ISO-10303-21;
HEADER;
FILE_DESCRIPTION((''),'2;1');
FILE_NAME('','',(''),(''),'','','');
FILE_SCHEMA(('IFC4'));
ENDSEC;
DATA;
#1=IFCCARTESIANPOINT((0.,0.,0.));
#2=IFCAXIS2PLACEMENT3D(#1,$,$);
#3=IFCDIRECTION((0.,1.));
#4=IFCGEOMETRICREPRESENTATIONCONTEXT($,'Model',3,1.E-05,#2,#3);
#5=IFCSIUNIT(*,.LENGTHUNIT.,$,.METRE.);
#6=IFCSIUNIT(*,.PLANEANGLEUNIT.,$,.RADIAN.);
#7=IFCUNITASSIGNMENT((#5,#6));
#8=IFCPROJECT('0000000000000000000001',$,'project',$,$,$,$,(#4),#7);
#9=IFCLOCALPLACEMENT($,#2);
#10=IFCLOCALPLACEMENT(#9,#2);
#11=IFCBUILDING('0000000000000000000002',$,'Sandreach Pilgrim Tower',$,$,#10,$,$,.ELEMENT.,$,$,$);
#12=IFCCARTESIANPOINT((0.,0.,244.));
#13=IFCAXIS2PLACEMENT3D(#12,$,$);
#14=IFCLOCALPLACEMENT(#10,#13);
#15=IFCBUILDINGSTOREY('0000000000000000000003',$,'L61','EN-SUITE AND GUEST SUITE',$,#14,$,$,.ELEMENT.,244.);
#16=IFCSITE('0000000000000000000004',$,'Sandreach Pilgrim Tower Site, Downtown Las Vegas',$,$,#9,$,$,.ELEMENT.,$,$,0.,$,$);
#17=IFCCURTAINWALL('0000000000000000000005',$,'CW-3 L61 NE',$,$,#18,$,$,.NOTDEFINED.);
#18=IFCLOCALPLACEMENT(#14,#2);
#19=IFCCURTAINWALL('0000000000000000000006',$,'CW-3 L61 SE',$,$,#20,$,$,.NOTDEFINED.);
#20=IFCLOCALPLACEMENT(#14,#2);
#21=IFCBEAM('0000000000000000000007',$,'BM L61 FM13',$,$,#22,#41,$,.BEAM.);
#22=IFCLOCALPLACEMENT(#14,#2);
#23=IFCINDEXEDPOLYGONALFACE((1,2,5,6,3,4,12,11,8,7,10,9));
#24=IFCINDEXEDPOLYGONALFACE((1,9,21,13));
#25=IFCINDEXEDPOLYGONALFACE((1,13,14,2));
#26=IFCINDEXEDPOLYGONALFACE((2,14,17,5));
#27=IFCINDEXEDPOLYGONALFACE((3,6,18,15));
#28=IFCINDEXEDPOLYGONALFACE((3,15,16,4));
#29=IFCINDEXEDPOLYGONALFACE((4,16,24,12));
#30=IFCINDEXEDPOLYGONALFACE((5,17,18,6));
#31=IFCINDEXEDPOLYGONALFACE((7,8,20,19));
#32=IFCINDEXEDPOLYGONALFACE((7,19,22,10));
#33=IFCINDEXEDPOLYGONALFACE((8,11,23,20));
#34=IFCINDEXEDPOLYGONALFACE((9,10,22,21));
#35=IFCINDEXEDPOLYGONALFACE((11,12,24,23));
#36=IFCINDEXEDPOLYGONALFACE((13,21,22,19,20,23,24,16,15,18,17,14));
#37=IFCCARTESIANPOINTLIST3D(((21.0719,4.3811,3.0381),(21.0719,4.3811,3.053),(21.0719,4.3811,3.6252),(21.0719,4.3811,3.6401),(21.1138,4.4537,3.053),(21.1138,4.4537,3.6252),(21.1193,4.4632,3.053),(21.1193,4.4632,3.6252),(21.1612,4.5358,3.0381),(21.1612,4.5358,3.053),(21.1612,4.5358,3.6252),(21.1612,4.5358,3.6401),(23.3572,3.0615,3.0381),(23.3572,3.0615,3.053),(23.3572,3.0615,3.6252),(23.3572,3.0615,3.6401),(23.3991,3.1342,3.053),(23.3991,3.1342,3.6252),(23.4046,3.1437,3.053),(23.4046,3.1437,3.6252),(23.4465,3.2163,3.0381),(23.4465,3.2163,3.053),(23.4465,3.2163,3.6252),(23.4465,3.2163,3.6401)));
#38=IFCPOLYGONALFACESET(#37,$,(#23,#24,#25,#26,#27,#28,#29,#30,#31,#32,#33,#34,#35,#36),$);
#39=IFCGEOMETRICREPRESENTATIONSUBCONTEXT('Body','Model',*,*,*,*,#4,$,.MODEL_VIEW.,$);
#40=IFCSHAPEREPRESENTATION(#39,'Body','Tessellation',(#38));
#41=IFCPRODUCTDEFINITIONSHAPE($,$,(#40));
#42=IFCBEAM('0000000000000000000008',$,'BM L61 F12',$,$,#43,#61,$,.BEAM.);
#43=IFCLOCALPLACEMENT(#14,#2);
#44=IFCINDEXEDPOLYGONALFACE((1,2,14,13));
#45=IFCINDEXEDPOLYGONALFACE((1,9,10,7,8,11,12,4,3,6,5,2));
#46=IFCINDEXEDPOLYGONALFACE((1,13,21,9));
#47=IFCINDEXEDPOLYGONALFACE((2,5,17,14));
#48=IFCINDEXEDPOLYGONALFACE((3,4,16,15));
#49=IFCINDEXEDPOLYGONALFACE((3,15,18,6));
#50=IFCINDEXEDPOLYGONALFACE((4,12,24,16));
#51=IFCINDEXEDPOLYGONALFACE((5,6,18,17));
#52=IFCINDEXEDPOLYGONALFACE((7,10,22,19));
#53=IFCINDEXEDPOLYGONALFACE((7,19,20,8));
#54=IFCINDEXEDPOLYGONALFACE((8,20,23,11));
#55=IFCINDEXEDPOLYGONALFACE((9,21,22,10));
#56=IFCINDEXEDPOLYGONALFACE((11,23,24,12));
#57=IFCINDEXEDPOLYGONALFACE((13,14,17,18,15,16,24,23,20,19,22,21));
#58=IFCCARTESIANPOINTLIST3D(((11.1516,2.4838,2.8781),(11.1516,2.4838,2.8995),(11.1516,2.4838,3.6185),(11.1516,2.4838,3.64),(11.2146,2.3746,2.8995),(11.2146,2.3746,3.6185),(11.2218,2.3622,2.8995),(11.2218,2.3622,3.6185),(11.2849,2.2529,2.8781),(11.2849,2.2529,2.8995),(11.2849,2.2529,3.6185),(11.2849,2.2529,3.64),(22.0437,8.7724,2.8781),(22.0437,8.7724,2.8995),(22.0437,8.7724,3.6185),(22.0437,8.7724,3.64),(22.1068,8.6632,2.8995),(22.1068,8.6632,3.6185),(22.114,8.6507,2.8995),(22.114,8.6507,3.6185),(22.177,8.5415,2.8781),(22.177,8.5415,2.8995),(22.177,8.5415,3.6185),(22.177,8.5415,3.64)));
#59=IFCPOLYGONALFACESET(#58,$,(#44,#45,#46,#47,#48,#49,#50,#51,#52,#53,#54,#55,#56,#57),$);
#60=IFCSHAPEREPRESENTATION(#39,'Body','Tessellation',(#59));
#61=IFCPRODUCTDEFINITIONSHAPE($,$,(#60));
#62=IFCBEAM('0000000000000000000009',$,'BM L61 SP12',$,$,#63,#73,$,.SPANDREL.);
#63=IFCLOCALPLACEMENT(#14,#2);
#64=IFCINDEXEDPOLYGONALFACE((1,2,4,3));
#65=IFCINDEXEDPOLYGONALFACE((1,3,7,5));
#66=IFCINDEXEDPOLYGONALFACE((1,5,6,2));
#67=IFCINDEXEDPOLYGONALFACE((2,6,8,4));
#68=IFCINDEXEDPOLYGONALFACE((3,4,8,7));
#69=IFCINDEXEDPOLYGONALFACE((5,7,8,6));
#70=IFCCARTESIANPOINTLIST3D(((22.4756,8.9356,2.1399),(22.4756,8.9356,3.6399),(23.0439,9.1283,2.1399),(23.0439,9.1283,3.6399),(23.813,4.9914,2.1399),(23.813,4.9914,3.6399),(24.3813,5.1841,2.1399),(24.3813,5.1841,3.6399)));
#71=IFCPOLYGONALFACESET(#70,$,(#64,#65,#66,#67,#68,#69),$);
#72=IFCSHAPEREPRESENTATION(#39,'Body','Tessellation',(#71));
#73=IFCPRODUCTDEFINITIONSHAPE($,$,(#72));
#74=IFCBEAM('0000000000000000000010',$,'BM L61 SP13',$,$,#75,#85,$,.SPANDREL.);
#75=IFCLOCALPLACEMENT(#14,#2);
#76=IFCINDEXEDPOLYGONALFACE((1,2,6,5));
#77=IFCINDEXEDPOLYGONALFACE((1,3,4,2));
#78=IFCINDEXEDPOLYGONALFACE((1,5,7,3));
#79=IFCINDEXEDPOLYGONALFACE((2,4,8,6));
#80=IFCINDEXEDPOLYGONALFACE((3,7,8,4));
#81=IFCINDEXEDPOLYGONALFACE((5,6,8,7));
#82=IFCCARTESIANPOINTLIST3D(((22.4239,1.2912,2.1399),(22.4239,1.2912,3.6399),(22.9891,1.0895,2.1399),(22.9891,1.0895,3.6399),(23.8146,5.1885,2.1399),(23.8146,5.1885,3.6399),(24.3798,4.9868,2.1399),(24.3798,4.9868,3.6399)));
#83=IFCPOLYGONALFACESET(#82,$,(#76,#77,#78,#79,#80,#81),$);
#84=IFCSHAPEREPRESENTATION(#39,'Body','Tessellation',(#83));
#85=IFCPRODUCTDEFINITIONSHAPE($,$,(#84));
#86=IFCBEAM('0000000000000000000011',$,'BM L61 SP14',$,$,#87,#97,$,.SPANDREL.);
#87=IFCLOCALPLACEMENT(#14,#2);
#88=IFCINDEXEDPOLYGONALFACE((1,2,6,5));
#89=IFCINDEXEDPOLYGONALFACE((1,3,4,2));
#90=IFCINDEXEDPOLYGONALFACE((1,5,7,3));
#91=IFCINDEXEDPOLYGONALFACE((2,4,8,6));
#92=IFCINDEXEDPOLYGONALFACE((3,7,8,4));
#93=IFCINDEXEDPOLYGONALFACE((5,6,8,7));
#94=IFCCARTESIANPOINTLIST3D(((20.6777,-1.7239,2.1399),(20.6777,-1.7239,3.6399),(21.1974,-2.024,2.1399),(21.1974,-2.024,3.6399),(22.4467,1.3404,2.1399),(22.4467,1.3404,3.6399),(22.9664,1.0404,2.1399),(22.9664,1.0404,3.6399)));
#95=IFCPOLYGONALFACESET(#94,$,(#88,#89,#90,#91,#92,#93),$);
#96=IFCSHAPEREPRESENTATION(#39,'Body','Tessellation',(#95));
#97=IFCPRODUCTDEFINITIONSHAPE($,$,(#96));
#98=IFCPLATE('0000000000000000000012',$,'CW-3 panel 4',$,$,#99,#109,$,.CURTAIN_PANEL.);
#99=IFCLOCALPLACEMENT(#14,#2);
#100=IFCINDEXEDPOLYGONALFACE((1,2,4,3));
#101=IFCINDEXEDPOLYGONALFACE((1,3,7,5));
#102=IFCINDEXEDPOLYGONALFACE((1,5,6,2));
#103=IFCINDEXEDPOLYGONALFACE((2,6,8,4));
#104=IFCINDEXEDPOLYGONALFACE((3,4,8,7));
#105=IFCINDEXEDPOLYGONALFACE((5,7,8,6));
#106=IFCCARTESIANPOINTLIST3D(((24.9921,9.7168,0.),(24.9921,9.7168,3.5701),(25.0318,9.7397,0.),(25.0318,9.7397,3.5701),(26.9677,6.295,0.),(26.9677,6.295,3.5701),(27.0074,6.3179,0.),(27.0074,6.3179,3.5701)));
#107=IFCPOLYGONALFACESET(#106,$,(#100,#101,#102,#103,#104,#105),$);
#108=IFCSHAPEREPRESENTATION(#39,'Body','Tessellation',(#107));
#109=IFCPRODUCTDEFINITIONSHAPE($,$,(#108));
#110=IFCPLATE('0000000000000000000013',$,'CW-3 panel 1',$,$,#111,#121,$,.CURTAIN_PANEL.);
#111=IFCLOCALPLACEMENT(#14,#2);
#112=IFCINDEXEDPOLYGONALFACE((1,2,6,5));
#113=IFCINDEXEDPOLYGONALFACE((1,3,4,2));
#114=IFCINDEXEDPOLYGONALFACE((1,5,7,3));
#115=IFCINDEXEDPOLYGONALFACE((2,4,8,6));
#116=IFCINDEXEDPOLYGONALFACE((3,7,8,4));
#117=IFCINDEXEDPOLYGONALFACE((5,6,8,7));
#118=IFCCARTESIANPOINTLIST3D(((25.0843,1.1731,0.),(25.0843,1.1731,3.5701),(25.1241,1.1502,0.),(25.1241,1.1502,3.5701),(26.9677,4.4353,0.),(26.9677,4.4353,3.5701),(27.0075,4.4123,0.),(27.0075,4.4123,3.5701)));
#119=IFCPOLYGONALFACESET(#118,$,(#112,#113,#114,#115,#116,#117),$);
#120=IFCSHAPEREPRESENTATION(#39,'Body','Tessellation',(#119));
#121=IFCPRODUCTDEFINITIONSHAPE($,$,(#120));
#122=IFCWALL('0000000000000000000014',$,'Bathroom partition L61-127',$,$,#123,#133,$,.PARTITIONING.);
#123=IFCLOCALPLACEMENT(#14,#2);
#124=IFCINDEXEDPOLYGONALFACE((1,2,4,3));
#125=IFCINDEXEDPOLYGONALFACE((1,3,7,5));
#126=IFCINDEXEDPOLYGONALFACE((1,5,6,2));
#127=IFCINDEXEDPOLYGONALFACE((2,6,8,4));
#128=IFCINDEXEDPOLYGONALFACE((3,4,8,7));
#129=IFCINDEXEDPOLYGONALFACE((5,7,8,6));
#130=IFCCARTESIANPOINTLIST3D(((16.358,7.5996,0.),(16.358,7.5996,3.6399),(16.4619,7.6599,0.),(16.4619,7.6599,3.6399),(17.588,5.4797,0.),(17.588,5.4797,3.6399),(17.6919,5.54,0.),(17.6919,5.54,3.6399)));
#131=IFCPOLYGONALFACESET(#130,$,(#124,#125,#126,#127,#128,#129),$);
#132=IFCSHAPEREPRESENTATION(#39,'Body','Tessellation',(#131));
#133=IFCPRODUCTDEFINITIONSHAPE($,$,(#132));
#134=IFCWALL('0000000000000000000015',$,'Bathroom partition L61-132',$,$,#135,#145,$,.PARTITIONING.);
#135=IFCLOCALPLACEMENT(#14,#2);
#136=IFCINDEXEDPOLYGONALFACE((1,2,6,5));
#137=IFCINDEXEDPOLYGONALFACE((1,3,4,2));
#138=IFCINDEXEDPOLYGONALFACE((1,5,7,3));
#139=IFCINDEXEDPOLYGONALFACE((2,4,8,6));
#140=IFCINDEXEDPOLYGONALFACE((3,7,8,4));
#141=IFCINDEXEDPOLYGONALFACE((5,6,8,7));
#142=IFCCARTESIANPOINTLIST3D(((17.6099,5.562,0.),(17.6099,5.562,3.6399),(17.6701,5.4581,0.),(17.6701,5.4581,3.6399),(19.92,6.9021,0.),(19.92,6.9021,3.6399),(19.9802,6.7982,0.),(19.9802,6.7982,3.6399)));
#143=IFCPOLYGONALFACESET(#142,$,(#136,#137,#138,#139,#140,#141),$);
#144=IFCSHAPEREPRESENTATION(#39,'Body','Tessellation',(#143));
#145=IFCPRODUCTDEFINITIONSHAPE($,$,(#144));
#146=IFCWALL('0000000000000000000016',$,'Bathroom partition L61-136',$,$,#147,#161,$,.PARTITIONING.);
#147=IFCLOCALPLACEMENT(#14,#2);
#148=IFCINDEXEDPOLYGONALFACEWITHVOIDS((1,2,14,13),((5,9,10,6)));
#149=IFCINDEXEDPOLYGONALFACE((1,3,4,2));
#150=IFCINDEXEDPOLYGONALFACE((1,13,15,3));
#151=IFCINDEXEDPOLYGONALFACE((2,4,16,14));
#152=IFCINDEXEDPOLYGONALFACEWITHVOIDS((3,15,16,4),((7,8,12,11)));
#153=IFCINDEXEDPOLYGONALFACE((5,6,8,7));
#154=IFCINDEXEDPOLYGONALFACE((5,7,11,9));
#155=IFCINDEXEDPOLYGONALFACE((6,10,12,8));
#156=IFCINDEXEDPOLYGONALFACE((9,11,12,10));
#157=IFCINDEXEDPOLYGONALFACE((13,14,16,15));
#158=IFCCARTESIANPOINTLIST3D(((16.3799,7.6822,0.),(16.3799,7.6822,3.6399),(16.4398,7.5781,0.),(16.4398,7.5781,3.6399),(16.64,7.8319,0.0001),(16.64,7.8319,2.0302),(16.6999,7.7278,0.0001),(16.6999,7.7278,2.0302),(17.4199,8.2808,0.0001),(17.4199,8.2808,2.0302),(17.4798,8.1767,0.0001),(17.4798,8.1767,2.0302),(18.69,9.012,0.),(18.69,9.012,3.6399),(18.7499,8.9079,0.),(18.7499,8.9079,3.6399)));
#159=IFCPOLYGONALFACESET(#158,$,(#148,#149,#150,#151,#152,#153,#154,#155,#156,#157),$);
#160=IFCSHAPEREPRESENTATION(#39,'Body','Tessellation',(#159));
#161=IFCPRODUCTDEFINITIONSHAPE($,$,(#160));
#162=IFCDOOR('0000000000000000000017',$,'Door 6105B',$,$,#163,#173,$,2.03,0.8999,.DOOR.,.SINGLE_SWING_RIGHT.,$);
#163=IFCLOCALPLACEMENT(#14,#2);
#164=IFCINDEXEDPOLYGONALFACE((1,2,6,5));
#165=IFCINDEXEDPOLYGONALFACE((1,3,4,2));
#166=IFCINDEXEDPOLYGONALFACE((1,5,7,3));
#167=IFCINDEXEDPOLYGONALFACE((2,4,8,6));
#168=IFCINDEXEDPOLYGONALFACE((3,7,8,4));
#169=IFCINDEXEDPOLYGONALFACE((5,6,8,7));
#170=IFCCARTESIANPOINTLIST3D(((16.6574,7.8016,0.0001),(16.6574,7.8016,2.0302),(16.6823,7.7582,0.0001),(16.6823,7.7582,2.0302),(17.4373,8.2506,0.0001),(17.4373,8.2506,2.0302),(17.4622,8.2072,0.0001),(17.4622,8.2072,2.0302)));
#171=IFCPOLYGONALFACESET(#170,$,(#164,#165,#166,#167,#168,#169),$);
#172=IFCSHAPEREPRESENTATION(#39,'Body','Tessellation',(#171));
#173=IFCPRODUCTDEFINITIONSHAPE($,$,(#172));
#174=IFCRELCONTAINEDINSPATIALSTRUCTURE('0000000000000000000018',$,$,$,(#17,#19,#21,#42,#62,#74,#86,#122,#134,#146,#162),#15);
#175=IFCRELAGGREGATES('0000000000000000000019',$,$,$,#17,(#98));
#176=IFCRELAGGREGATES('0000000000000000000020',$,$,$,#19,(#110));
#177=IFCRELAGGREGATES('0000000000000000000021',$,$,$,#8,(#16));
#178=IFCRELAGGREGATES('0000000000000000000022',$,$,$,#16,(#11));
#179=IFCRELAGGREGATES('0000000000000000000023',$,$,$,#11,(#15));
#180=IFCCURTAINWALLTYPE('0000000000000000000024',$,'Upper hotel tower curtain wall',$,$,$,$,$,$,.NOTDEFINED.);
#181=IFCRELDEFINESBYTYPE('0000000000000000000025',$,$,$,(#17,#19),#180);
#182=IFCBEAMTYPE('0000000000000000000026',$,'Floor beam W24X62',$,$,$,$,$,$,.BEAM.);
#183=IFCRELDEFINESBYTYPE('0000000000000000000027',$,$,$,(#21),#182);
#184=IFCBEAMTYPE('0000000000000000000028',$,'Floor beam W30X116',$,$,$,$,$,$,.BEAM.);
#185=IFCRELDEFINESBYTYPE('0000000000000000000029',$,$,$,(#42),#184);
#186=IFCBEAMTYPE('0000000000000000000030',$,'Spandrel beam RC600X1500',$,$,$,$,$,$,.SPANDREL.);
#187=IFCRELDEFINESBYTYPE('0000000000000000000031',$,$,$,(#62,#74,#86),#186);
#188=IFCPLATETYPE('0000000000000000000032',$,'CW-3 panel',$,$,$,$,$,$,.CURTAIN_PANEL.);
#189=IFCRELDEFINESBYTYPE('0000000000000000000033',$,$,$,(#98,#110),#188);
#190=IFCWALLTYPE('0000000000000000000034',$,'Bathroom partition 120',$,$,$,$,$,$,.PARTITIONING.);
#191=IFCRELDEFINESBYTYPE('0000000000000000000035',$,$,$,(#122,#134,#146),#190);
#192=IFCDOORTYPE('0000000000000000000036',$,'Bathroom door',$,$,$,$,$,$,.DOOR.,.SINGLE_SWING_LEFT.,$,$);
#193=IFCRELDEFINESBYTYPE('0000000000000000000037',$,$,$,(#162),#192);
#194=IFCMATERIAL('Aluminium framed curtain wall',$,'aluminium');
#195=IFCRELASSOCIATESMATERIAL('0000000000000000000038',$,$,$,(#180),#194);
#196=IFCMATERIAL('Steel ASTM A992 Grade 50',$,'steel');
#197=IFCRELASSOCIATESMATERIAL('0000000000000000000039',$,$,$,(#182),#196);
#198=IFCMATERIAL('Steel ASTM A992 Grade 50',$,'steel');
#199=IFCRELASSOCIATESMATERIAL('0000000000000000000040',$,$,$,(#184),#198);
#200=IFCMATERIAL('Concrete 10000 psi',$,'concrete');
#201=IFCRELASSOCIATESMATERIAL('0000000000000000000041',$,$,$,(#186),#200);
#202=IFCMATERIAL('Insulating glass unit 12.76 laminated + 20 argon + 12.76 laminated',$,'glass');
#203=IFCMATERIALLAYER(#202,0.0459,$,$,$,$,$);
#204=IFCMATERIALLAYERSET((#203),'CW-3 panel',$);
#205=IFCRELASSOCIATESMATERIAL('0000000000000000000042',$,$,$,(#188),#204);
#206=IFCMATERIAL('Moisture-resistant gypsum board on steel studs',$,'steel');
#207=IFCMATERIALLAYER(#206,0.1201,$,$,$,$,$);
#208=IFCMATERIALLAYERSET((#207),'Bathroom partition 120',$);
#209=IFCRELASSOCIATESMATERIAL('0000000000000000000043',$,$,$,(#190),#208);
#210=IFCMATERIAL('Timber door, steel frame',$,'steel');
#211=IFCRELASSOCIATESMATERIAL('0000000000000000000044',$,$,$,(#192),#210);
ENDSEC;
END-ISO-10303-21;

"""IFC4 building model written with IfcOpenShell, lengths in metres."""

from ifc_helpers import new_model, si_unit, direction, frame, frame_2d, origin, origin_2d, place, context, subcontext, project, spatial, rectangle, i_section, extrude, material, layer, layer_set, material_profile, profile_set, type_object, element, fill, aggregate, save


model = new_model("IFC4")

# Units and contexts
model_context = context("Model", 3, precision=1e-05, world=origin(), true_north=direction((0.0, 1.0)))
body_context = subcontext(model_context, "Body", "Model", "MODEL_VIEW")
ifc_project = project(units=[si_unit("LENGTHUNIT", "METRE"), si_unit("PLANEANGLEUNIT", "RADIAN")], contexts=[model_context])

# Site, building, storey
site_placement = place(None, origin())
site = spatial("IfcSite", under=ifc_project, at=site_placement, Name="Sandreach Pilgrim Tower Site, Downtown Las Vegas", CompositionType="ELEMENT", RefElevation=0.0)
building_placement = place(site_placement, origin())
building = spatial("IfcBuilding", under=site, at=building_placement, Name="Sandreach Pilgrim Tower", CompositionType="ELEMENT")
storey_placement = place(building_placement, frame((0.0, 0.0, 244.0)))
storey = spatial("IfcBuildingStorey", under=building, at=storey_placement, Name="L61", Description="EN-SUITE AND GUEST SUITE", CompositionType="ELEMENT", Elevation=244.0)

# Curtain wall
ifc_material_1 = material(Name="Aluminium framed curtain wall", Category="aluminium")
curtain_wall_type = type_object("IfcCurtainWallType", Name="Upper hotel tower curtain wall", PredefinedType="NOTDEFINED", material=ifc_material_1)
curtain_wall_1_placement = place(storey_placement, origin())
curtain_wall_1 = element("IfcCurtainWall", 1, at=curtain_wall_1_placement, inside=storey, type_object=curtain_wall_type, Name="CW-3 L61 NE", PredefinedType="NOTDEFINED")

# Curtain wall
curtain_wall_2_placement = place(storey_placement, origin())
curtain_wall_2 = element("IfcCurtainWall", 2, at=curtain_wall_2_placement, inside=storey, type_object=curtain_wall_type, Name="CW-3 L61 SE", PredefinedType="NOTDEFINED")

# Beams
ifc_material_2 = material(Name="Steel ASTM A992 Grade 50", Category="steel")
ifc_material_profile_1 = material_profile(ifc_material_2, i_section(OverallWidth=0.1787, OverallDepth=0.6021, WebThickness=0.011, FlangeThickness=0.0149, at=origin_2d()), Name="W24X62")
ifc_profile_set_1 = profile_set([ifc_material_profile_1], Name="Steel ASTM A992 Grade 50")
beam_type_1 = type_object("IfcBeamType", Name="Floor beam W24X62", PredefinedType="BEAM", material=ifc_profile_set_1)
beam_1_placement = place(storey_placement, frame((23.4019, 3.1389, 3.3391), z_axis=(-0.866008, 0.500029, 0.0), x_axis=(-0.500029, -0.866008, 0.0)))
element("IfcBeam", 3, at=beam_1_placement, inside=storey, type_object=beam_type_1, Name="BM L61 FM13", PredefinedType="BEAM", context=body_context, shape_type="SweptSolid", body=[
    extrude(i_section(OverallWidth=0.1787, OverallDepth=0.6021, WebThickness=0.011, FlangeThickness=0.0149, at=origin_2d()), origin(), (0.0, 0.0, 1.0), 2.6389),
])
ifc_material_3 = material(Name="Steel ASTM A992 Grade 50", Category="steel")
ifc_material_profile_2 = material_profile(ifc_material_3, i_section(OverallWidth=0.2666, OverallDepth=0.762, WebThickness=0.0144, FlangeThickness=0.0215, at=origin_2d()), Name="W30X116")
ifc_profile_set_2 = profile_set([ifc_material_profile_2], Name="Steel ASTM A992 Grade 50")
beam_type_2 = type_object("IfcBeamType", Name="Floor beam W30X116", PredefinedType="BEAM", material=ifc_profile_set_2)
beam_2_placement = place(storey_placement, frame((22.1104, 8.657, 3.259), z_axis=(-0.866025, -0.500001, 0.0), x_axis=(0.500001, -0.866025, 0.0)))
element("IfcBeam", 4, at=beam_2_placement, inside=storey, type_object=beam_type_2, Name="BM L61 F12", PredefinedType="BEAM", context=body_context, shape_type="SweptSolid", body=[
    extrude(i_section(OverallWidth=0.2666, OverallDepth=0.762, WebThickness=0.0144, FlangeThickness=0.0215, at=origin_2d()), origin(), (0.0, 0.0, 1.0), 12.5771),
])
ifc_material_4 = material(Name="Concrete 10000 psi", Category="concrete")
ifc_material_profile_3 = material_profile(ifc_material_4, rectangle(XDim=0.6001, YDim=1.5, at=origin_2d()), Name="RC600X1500")
ifc_profile_set_3 = profile_set([ifc_material_profile_3], Name="Concrete 10000 psi")
beam_type_3 = type_object("IfcBeamType", Name="Spandrel beam RC600X1500", PredefinedType="SPANDREL", material=ifc_profile_set_3)
beam_3_placement = place(storey_placement, frame((22.7598, 9.032, 2.8899), z_axis=(0.321112, -0.947041, 0.0), x_axis=(0.947041, 0.321112, 0.0)))
element("IfcBeam", 5, at=beam_3_placement, inside=storey, type_object=beam_type_3, Name="BM L61 SP12", PredefinedType="SPANDREL", context=body_context, shape_type="SweptSolid", body=[
    extrude(rectangle(XDim=0.6001, YDim=1.5, at=origin_2d()), origin(), (0.0, 0.0, 1.0), 4.1648),
])
beam_4_placement = place(storey_placement, frame((24.0972, 5.0876, 2.8899), z_axis=(-0.336071, -0.941837, 0.0), x_axis=(0.941837, -0.336071, 0.0)))
element("IfcBeam", 6, at=beam_4_placement, inside=storey, type_object=beam_type_3, Name="BM L61 SP13", PredefinedType="SPANDREL", context=body_context, shape_type="SweptSolid", body=[
    extrude(rectangle(XDim=0.6001, YDim=1.5, at=origin_2d()), origin(), (0.0, 0.0, 1.0), 4.1379),
])
beam_5_placement = place(storey_placement, frame((22.7065, 1.1904, 2.8899), z_axis=(-0.499953, -0.866052, 0.0), x_axis=(0.866052, -0.499953, 0.0)))
element("IfcBeam", 7, at=beam_5_placement, inside=storey, type_object=beam_type_3, Name="BM L61 SP14", PredefinedType="SPANDREL", context=body_context, shape_type="SweptSolid", body=[
    extrude(rectangle(XDim=0.6001, YDim=1.5, at=origin_2d()), origin(), (0.0, 0.0, 1.0), 3.5383),
])

# Plates
ifc_material_5 = material(Name="Insulating glass unit 12.76 laminated + 20 argon + 12.76 laminated", Category="glass")
ifc_layer_1 = layer(ifc_material_5, 0.0459)
ifc_layer_set_1 = layer_set([ifc_layer_1], Name="CW-3 panel")
plate_type = type_object("IfcPlateType", Name="CW-3 panel", PredefinedType="CURTAIN_PANEL", material=ifc_layer_set_1)
plate_1_placement = place(storey_placement, frame((25.9998, 8.0173, 0.0), z_axis=(0.0, 0.0, 1.0), x_axis=(0.5, -0.866025, 0.0)))
plate_1 = element("IfcPlate", 8, at=plate_1_placement, type_object=plate_type, Name="CW-3 panel 4", PredefinedType="CURTAIN_PANEL", context=body_context, shape_type="SweptSolid", body=[
    extrude(rectangle(XDim=3.9512, YDim=0.0459, at=origin_2d()), origin(), (0.0, 0.0, 1.0), 3.5701),
])
aggregate(curtain_wall_1, [plate_1])
plate_2_placement = place(storey_placement, frame((26.0459, 2.7927, 0.0), z_axis=(0.0, 0.0, 1.0), x_axis=(-0.5, -0.866025, 0.0)))
plate_2 = element("IfcPlate", 9, at=plate_2_placement, type_object=plate_type, Name="CW-3 panel 1", PredefinedType="CURTAIN_PANEL", context=body_context, shape_type="SweptSolid", body=[
    extrude(rectangle(XDim=3.7668, YDim=0.0459, at=origin_2d()), origin(), (0.0, 0.0, 1.0), 3.5701),
])
aggregate(curtain_wall_2, [plate_2])

# Walls
ifc_material_6 = material(Name="Moisture-resistant gypsum board on steel studs", Category="steel")
ifc_layer_2 = layer(ifc_material_6, 0.1201)
ifc_layer_set_2 = layer_set([ifc_layer_2], Name="Bathroom partition 120")
wall_type_1 = type_object("IfcWallType", Name="Bathroom partition 120", PredefinedType="PARTITIONING", material=ifc_layer_set_2)
wall_1_placement = place(storey_placement, frame((16.4099, 7.6299, 0.0), z_axis=(0.0, 0.0, 1.0), x_axis=(0.501857, -0.864951, 0.0)))
element("IfcWall", 10, at=wall_1_placement, inside=storey, type_object=wall_type_1, Name="Bathroom partition L61-127", PredefinedType="PARTITIONING", context=body_context, shape_type="SweptSolid", body=[
    extrude(rectangle(XDim=2.4509, YDim=0.1201, at=frame_2d((1.2256, 0.0))), origin(), (0.0, 0.0, 1.0), 3.6399),
])
wall_2_placement = place(storey_placement, frame((17.6399, 5.51, 0.0), z_axis=(0.0, 0.0, 1.0), x_axis=(0.86499, 0.501789, 0.0)))
element("IfcWall", 11, at=wall_2_placement, inside=storey, type_object=wall_type_1, Name="Bathroom partition L61-132", PredefinedType="PARTITIONING", context=body_context, shape_type="SweptSolid", body=[
    extrude(rectangle(XDim=2.6707, YDim=0.1201, at=frame_2d((1.3354, 0.0))), origin(), (0.0, 0.0, 1.0), 3.6399),
])

# Wall, opening, door
wall_3_placement = place(storey_placement, frame((18.72, 8.96, 0.0), z_axis=(0.0, 0.0, 1.0), x_axis=(-0.866655, -0.498908, 0.0)))
wall_3 = element("IfcWall", 12, at=wall_3_placement, inside=storey, type_object=wall_type_1, Name="Bathroom partition L61-136", PredefinedType="PARTITIONING", context=body_context, shape_type="SweptSolid", body=[
    extrude(rectangle(XDim=2.6655, YDim=0.1201, at=frame_2d((1.3328, 0.0))), origin(), (0.0, 0.0, 1.0), 3.6399),
])
opening_1_placement = place(wall_3_placement, frame((1.4656, 0.0, 0.0)))
opening_1 = element("IfcOpeningElement", 13, at=opening_1_placement, cuts=wall_3, PredefinedType="OPENING", context=body_context, shape_type="SweptSolid", body=[
    extrude(rectangle(XDim=0.8999, YDim=2.03, at=frame_2d((0.45, 1.0151))), frame((0.0, 0.0601, 0.0), z_axis=(0.0, -1.0, 0.0), x_axis=(1.0, 0.0, 0.0)), (0.0, 0.0, 1.0), 0.1201),
])
ifc_material_7 = material(Name="Timber door, steel frame", Category="steel")
door_type_1 = type_object("IfcDoorType", Name="Bathroom door", OperationType="SINGLE_SWING_LEFT", PredefinedType="DOOR", material=ifc_material_7)
door_1_placement = place(opening_1_placement, origin())
door_1 = element("IfcDoor", 14, at=door_1_placement, inside=storey, type_object=door_type_1, Name="Door 6105B", OperationType="SINGLE_SWING_RIGHT", OverallHeight=2.03, OverallWidth=0.8999, PredefinedType="DOOR", context=body_context, shape_type="SweptSolid", body=[
    extrude(rectangle(XDim=0.8999, YDim=2.03, at=frame_2d((0.45, 1.0151))), frame((0.0, 0.0249, 0.0), z_axis=(0.0, -1.0, 0.0), x_axis=(1.0, 0.0, 0.0)), (0.0, 0.0, 1.0), 0.05),
])
fill(opening_1, door_1)

save(model, "model.ifc")
